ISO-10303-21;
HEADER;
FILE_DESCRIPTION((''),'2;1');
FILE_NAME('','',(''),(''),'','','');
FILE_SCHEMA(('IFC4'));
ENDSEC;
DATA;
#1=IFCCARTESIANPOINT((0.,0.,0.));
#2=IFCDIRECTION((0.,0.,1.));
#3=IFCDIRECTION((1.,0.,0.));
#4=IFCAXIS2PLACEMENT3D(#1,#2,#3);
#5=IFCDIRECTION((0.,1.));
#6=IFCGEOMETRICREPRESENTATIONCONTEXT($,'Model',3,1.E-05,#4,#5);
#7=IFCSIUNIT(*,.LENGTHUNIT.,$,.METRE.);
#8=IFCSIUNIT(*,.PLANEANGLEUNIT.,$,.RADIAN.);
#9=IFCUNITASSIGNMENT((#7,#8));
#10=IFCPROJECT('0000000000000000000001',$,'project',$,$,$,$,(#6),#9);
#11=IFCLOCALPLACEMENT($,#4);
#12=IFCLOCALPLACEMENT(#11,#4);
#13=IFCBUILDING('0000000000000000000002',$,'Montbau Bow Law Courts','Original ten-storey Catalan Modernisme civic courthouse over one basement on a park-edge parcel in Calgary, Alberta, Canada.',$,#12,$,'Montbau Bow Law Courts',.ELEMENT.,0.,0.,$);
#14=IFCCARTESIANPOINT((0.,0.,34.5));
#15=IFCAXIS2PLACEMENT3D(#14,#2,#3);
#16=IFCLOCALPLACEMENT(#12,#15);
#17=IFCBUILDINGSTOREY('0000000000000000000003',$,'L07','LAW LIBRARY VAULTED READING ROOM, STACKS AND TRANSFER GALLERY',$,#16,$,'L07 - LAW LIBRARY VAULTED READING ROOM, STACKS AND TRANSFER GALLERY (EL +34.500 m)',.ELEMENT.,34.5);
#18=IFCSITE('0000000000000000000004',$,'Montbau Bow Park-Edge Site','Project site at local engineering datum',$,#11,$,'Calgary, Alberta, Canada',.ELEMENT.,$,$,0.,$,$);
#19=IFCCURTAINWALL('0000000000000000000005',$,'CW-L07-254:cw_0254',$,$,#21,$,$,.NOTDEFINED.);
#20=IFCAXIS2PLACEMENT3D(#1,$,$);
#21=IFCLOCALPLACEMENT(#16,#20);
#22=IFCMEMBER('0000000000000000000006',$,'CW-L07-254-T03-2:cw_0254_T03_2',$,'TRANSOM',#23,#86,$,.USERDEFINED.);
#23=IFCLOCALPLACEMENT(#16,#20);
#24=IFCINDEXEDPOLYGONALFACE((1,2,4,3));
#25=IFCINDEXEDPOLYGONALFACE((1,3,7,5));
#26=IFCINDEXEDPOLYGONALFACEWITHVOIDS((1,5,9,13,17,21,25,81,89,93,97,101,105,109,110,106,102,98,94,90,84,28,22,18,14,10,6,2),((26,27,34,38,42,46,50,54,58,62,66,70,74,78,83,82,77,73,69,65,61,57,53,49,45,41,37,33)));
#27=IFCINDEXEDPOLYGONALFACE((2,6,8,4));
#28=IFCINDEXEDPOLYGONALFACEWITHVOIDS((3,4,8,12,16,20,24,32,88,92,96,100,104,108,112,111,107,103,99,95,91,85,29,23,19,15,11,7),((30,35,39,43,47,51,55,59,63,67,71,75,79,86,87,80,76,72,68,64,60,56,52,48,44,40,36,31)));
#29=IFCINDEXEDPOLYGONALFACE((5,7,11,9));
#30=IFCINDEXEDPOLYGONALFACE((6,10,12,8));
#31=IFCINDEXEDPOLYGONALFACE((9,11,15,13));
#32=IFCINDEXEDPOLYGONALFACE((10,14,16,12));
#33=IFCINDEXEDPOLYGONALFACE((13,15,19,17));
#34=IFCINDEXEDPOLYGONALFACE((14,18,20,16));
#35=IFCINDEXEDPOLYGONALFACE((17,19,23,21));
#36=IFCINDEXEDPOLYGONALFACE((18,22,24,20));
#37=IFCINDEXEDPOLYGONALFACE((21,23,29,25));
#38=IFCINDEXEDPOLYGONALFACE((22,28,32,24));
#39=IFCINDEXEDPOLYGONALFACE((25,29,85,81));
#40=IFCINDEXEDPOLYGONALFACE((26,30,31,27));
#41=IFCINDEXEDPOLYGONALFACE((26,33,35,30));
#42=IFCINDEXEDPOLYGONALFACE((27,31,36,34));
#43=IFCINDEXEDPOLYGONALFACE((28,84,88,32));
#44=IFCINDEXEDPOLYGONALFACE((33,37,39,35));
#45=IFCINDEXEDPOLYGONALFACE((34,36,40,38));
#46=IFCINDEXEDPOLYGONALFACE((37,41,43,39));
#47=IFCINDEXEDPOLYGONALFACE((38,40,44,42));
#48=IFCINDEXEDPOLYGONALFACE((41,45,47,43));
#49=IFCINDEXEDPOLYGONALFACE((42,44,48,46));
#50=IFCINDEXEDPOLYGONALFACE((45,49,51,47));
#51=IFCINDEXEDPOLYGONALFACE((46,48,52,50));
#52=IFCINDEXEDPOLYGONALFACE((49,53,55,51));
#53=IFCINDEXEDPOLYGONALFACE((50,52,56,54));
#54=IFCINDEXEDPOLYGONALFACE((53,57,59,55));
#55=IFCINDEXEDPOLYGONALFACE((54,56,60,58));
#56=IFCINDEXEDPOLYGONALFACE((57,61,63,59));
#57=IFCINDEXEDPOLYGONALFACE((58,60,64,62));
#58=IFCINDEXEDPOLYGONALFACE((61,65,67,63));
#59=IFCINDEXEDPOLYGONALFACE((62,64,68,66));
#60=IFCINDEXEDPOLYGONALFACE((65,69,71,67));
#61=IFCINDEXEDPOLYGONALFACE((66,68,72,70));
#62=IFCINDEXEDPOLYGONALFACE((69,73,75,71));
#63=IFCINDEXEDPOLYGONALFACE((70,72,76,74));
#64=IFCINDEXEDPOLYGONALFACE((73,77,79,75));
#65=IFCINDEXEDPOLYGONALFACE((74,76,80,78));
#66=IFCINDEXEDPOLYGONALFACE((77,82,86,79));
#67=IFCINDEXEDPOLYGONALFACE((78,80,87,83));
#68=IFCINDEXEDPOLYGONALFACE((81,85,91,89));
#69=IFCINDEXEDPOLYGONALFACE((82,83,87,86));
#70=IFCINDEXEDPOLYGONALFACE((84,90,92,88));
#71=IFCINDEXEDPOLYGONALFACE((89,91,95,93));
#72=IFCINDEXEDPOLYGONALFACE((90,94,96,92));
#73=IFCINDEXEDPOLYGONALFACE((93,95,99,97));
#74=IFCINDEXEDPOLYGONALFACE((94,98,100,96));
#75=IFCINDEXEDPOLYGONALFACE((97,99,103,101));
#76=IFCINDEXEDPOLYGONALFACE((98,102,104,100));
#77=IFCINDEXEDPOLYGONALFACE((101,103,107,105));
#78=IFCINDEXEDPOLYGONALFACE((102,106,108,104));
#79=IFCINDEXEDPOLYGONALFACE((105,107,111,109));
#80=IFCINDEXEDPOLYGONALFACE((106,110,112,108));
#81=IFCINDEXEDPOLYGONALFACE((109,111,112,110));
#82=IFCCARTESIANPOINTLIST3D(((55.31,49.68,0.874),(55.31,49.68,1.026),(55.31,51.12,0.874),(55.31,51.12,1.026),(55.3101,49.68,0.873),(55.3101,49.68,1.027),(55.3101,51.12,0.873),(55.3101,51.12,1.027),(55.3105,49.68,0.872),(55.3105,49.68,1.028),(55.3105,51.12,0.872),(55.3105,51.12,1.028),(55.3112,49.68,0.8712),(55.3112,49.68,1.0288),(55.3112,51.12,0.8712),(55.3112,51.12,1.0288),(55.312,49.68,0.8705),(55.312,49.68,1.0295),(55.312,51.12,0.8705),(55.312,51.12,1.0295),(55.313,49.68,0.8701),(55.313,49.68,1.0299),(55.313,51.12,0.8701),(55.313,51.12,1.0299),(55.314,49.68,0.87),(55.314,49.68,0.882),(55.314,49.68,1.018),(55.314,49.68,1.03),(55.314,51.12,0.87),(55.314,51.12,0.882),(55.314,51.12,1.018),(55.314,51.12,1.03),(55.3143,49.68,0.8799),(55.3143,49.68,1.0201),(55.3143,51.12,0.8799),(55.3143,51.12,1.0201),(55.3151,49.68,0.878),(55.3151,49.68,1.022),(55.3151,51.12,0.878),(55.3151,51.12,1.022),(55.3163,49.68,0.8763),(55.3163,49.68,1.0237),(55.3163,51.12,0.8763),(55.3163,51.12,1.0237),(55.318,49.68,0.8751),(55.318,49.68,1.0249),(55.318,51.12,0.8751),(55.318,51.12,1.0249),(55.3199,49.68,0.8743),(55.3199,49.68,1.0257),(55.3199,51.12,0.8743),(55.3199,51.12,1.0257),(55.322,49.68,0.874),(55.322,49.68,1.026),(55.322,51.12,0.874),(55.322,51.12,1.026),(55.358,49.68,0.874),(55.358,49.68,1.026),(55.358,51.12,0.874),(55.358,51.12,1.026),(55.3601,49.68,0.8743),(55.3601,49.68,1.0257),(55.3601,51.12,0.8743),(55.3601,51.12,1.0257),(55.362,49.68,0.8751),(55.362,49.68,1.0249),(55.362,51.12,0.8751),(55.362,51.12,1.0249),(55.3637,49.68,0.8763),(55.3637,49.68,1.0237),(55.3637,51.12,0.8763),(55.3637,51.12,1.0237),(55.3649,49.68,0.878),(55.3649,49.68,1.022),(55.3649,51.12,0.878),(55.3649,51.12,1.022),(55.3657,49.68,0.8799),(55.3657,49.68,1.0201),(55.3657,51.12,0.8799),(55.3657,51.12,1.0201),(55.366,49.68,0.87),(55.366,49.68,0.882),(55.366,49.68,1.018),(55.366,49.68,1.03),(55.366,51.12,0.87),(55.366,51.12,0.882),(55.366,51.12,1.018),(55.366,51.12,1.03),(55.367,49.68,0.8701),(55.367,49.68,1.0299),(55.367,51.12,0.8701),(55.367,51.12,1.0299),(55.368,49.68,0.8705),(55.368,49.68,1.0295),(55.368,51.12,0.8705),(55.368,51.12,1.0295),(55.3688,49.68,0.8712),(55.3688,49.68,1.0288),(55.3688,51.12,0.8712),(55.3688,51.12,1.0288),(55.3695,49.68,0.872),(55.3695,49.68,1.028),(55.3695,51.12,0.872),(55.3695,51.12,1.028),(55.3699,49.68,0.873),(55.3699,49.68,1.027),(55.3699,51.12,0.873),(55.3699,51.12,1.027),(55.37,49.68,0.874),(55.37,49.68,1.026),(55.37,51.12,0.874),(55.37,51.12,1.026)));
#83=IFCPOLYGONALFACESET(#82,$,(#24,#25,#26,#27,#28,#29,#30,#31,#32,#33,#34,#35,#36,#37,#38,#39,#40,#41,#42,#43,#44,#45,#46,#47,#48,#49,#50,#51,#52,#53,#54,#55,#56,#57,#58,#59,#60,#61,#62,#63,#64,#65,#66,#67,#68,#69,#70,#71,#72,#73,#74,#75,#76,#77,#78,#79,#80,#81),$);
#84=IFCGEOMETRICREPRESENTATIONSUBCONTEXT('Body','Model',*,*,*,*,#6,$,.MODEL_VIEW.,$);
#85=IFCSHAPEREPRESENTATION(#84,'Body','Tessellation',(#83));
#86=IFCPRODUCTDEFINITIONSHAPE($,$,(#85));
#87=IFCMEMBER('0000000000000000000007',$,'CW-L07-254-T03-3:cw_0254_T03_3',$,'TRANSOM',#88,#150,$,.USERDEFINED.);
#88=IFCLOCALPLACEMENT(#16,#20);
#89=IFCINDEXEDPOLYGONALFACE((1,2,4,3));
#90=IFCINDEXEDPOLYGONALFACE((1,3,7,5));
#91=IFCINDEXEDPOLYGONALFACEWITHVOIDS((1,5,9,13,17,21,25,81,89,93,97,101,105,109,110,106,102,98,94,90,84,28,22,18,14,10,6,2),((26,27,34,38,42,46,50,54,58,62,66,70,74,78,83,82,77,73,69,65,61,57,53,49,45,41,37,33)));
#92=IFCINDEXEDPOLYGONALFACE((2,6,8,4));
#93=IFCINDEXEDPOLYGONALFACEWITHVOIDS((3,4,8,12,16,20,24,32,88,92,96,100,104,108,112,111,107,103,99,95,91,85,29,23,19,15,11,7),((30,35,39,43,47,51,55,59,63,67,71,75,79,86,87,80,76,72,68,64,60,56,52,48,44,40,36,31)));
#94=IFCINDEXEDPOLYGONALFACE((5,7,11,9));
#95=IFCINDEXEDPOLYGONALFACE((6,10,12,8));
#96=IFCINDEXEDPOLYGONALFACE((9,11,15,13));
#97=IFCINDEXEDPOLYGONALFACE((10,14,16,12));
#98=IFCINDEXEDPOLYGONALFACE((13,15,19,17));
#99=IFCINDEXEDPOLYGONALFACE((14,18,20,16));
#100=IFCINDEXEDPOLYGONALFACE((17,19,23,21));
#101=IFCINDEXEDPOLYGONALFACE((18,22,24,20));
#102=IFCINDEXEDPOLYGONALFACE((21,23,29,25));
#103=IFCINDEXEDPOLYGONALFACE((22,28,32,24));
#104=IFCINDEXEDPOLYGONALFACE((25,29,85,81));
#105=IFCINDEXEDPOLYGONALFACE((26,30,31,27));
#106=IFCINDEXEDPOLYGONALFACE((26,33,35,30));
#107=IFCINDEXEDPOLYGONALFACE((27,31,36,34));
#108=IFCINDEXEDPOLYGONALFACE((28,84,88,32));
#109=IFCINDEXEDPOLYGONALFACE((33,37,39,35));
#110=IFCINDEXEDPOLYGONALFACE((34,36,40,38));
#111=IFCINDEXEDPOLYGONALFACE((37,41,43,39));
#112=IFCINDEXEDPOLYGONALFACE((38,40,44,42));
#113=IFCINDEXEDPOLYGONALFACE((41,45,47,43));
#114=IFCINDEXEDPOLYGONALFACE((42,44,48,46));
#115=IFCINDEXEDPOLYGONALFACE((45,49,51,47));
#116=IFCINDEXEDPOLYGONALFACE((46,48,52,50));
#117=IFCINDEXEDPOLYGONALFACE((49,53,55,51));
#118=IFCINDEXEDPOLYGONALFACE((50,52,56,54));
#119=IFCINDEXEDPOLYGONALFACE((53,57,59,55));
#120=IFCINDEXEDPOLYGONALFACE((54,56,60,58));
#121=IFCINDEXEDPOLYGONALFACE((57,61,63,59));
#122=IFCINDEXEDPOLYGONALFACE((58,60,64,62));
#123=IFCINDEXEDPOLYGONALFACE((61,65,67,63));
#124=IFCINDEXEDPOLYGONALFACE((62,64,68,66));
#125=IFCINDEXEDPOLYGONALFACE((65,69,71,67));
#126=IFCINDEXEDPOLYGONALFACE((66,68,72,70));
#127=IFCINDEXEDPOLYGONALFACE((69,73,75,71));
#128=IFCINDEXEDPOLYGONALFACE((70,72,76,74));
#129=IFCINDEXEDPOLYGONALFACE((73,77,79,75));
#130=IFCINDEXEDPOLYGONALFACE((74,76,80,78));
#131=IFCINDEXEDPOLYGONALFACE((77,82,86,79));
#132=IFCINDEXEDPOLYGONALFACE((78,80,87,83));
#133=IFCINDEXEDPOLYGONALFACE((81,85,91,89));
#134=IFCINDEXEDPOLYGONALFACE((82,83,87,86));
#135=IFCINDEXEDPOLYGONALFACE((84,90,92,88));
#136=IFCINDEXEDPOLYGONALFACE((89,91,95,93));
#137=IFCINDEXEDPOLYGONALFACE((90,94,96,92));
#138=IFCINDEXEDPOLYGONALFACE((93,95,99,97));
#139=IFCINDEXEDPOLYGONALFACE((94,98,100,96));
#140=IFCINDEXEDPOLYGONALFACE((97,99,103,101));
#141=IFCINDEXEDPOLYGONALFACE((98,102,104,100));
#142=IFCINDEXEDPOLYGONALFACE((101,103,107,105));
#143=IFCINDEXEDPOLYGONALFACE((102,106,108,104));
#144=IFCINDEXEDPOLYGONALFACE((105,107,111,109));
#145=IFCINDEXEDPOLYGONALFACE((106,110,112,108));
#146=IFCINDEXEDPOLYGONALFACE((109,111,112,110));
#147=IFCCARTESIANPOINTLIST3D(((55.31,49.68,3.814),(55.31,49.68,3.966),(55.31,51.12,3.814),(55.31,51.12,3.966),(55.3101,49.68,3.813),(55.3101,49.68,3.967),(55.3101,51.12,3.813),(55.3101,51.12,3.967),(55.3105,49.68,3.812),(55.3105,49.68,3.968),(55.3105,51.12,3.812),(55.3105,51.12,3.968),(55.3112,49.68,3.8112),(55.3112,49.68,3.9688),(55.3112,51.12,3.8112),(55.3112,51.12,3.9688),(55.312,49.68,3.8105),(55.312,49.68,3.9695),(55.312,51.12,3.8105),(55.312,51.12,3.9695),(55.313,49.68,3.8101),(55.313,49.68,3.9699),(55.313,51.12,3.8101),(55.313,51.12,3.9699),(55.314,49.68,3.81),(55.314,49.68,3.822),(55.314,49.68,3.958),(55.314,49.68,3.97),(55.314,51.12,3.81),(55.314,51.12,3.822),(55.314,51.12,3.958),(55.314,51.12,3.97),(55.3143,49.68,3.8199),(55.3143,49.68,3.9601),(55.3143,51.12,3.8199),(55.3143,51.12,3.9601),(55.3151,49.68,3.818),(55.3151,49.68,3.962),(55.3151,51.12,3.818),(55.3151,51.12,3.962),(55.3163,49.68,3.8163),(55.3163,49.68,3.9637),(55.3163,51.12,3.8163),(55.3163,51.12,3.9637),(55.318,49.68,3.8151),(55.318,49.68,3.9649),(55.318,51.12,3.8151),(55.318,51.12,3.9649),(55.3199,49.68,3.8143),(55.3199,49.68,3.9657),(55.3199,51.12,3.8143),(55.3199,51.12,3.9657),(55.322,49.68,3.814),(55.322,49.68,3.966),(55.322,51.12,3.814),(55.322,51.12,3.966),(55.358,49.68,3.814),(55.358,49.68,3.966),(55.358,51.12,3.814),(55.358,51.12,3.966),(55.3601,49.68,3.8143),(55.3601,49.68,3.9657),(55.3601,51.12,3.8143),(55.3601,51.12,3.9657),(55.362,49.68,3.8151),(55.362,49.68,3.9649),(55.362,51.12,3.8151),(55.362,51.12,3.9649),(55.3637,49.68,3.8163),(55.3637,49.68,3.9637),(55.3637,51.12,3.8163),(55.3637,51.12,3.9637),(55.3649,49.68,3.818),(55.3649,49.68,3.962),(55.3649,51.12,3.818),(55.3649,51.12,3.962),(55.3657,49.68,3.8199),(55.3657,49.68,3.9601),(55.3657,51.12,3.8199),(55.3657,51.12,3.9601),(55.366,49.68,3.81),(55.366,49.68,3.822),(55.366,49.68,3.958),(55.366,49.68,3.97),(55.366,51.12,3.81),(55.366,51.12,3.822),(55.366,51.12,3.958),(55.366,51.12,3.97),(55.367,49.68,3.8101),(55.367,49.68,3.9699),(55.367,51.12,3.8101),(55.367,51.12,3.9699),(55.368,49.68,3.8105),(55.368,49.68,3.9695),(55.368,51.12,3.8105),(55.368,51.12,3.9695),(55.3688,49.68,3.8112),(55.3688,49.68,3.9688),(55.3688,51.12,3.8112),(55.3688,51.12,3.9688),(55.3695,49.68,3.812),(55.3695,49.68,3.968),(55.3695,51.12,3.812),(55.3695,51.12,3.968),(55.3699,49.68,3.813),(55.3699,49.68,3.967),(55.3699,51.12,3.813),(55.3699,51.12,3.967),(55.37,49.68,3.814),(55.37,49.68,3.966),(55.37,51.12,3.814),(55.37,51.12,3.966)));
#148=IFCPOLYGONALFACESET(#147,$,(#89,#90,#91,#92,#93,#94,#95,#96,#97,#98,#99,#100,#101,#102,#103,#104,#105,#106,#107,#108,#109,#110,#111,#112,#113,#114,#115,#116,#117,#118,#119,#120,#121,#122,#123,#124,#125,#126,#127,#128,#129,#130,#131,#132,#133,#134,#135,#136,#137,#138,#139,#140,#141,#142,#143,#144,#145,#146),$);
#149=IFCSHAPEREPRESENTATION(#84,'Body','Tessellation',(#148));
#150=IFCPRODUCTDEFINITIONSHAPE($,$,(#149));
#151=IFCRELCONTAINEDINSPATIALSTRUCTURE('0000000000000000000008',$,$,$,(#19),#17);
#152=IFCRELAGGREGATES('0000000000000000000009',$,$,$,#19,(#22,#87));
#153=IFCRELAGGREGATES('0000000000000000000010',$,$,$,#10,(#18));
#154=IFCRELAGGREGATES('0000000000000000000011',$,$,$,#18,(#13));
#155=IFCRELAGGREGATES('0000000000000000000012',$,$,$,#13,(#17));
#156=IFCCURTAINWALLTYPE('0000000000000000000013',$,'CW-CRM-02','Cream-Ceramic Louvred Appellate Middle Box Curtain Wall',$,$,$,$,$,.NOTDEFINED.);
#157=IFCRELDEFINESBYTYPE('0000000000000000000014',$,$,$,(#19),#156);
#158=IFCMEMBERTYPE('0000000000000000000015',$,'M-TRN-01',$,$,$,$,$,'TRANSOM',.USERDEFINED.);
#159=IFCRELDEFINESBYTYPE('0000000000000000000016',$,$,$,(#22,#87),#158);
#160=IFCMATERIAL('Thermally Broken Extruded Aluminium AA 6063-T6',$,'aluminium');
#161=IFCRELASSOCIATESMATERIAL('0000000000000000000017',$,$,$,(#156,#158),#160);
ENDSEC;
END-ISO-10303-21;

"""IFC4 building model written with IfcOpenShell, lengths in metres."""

from ifc_helpers import new_model, si_unit, direction, frame, origin_with_axes, origin_2d_with_axis, place, context, subcontext, project, spatial, hollow_rectangle, extrude, material, material_profile, profile_set, type_object, element, aggregate, save


model = new_model("IFC4")

# Units and contexts
model_context = context("Model", 3, precision=1e-05, world=origin_with_axes(), true_north=direction((0.0, 1.0)))
body_context = subcontext(model_context, "Body", "Model", "MODEL_VIEW")
ifc_project = project(units=[si_unit("LENGTHUNIT", "METRE"), si_unit("PLANEANGLEUNIT", "RADIAN")], contexts=[model_context])

# Site, building, storey
site_placement = place(None, origin_with_axes())
site = spatial("IfcSite", under=ifc_project, at=site_placement, Name="Montbau Bow Park-Edge Site", Description="Project site at local engineering datum", LongName="Calgary, Alberta, Canada", CompositionType="ELEMENT", RefElevation=0.0)
building_placement = place(site_placement, origin_with_axes())
building = spatial("IfcBuilding", under=site, at=building_placement, Name="Montbau Bow Law Courts", Description="Original ten-storey Catalan Modernisme civic courthouse over one basement on a park-edge parcel in Calgary, Alberta, Canada.", LongName="Montbau Bow Law Courts", CompositionType="ELEMENT", ElevationOfRefHeight=0.0, ElevationOfTerrain=0.0)
storey_placement = place(building_placement, frame((0.0, 0.0, 34.5), z_axis=(0.0, 0.0, 1.0), x_axis=(1.0, 0.0, 0.0)))
storey = spatial("IfcBuildingStorey", under=building, at=storey_placement, Name="L07", Description="LAW LIBRARY VAULTED READING ROOM, STACKS AND TRANSFER GALLERY", LongName="L07 - LAW LIBRARY VAULTED READING ROOM, STACKS AND TRANSFER GALLERY (EL +34.500 m)", CompositionType="ELEMENT", Elevation=34.5)

# Curtain wall, members
ifc_material_1 = material(Name="Thermally Broken Extruded Aluminium AA 6063-T6", Category="aluminium")
curtain_wall_type = type_object("IfcCurtainWallType", Name="CW-CRM-02", Description="Cream-Ceramic Louvred Appellate Middle Box Curtain Wall", PredefinedType="NOTDEFINED", material=ifc_material_1)
curtain_wall_placement = place(None, frame((55.34, 46.64, 34.5), z_axis=(0.0, 0.0, 1.0), x_axis=(1.0, 0.0, 0.0)))
curtain_wall = element("IfcCurtainWall", 1, at=curtain_wall_placement, inside=storey, type_object=curtain_wall_type, Name="CW-L07-254:cw_0254", PredefinedType="NOTDEFINED")
ifc_material_profile_1 = material_profile(ifc_material_1, hollow_rectangle(XDim=0.06, YDim=0.16, WallThickness=0.004, InnerFilletRadius=0.008, OuterFilletRadius=0.004, at=origin_2d_with_axis()), Name="CWT-160X60", Category="Main", Priority=0)
ifc_profile_set_1 = profile_set([ifc_material_profile_1], Name="Thermally Broken Extruded Aluminium AA 6063-T6")
member_type_1 = type_object("IfcMemberType", Name="M-TRN-01", ElementType="TRANSOM", PredefinedType="USERDEFINED", material=ifc_profile_set_1)
member_1_placement = place(None, frame((55.34, 49.68, 35.45), z_axis=(0.0, 1.0, 0.0), x_axis=(-1.0, 0.0, 0.0)))
member_1 = element("IfcMember", 2, at=member_1_placement, type_object=member_type_1, Name="CW-L07-254-T03-2:cw_0254_T03_2", ObjectType="TRANSOM", PredefinedType="USERDEFINED", context=body_context, shape_type="SweptSolid", body=[
    extrude(hollow_rectangle(XDim=0.06, YDim=0.16, WallThickness=0.004, InnerFilletRadius=0.008, OuterFilletRadius=0.004, at=origin_2d_with_axis()), origin_with_axes(), (0.0, 0.0, 1.0), 1.44),
])
member_2_placement = place(None, frame((55.34, 49.68, 38.39), z_axis=(0.0, 1.0, 0.0), x_axis=(-1.0, 0.0, 0.0)))
member_2 = element("IfcMember", 3, at=member_2_placement, type_object=member_type_1, Name="CW-L07-254-T03-3:cw_0254_T03_3", ObjectType="TRANSOM", PredefinedType="USERDEFINED", context=body_context, shape_type="SweptSolid", body=[
    extrude(hollow_rectangle(XDim=0.06, YDim=0.16, WallThickness=0.004, InnerFilletRadius=0.008, OuterFilletRadius=0.004, at=origin_2d_with_axis()), origin_with_axes(), (0.0, 0.0, 1.0), 1.44),
])
aggregate(curtain_wall, [member_1, member_2])

save(model, "model.ifc")
